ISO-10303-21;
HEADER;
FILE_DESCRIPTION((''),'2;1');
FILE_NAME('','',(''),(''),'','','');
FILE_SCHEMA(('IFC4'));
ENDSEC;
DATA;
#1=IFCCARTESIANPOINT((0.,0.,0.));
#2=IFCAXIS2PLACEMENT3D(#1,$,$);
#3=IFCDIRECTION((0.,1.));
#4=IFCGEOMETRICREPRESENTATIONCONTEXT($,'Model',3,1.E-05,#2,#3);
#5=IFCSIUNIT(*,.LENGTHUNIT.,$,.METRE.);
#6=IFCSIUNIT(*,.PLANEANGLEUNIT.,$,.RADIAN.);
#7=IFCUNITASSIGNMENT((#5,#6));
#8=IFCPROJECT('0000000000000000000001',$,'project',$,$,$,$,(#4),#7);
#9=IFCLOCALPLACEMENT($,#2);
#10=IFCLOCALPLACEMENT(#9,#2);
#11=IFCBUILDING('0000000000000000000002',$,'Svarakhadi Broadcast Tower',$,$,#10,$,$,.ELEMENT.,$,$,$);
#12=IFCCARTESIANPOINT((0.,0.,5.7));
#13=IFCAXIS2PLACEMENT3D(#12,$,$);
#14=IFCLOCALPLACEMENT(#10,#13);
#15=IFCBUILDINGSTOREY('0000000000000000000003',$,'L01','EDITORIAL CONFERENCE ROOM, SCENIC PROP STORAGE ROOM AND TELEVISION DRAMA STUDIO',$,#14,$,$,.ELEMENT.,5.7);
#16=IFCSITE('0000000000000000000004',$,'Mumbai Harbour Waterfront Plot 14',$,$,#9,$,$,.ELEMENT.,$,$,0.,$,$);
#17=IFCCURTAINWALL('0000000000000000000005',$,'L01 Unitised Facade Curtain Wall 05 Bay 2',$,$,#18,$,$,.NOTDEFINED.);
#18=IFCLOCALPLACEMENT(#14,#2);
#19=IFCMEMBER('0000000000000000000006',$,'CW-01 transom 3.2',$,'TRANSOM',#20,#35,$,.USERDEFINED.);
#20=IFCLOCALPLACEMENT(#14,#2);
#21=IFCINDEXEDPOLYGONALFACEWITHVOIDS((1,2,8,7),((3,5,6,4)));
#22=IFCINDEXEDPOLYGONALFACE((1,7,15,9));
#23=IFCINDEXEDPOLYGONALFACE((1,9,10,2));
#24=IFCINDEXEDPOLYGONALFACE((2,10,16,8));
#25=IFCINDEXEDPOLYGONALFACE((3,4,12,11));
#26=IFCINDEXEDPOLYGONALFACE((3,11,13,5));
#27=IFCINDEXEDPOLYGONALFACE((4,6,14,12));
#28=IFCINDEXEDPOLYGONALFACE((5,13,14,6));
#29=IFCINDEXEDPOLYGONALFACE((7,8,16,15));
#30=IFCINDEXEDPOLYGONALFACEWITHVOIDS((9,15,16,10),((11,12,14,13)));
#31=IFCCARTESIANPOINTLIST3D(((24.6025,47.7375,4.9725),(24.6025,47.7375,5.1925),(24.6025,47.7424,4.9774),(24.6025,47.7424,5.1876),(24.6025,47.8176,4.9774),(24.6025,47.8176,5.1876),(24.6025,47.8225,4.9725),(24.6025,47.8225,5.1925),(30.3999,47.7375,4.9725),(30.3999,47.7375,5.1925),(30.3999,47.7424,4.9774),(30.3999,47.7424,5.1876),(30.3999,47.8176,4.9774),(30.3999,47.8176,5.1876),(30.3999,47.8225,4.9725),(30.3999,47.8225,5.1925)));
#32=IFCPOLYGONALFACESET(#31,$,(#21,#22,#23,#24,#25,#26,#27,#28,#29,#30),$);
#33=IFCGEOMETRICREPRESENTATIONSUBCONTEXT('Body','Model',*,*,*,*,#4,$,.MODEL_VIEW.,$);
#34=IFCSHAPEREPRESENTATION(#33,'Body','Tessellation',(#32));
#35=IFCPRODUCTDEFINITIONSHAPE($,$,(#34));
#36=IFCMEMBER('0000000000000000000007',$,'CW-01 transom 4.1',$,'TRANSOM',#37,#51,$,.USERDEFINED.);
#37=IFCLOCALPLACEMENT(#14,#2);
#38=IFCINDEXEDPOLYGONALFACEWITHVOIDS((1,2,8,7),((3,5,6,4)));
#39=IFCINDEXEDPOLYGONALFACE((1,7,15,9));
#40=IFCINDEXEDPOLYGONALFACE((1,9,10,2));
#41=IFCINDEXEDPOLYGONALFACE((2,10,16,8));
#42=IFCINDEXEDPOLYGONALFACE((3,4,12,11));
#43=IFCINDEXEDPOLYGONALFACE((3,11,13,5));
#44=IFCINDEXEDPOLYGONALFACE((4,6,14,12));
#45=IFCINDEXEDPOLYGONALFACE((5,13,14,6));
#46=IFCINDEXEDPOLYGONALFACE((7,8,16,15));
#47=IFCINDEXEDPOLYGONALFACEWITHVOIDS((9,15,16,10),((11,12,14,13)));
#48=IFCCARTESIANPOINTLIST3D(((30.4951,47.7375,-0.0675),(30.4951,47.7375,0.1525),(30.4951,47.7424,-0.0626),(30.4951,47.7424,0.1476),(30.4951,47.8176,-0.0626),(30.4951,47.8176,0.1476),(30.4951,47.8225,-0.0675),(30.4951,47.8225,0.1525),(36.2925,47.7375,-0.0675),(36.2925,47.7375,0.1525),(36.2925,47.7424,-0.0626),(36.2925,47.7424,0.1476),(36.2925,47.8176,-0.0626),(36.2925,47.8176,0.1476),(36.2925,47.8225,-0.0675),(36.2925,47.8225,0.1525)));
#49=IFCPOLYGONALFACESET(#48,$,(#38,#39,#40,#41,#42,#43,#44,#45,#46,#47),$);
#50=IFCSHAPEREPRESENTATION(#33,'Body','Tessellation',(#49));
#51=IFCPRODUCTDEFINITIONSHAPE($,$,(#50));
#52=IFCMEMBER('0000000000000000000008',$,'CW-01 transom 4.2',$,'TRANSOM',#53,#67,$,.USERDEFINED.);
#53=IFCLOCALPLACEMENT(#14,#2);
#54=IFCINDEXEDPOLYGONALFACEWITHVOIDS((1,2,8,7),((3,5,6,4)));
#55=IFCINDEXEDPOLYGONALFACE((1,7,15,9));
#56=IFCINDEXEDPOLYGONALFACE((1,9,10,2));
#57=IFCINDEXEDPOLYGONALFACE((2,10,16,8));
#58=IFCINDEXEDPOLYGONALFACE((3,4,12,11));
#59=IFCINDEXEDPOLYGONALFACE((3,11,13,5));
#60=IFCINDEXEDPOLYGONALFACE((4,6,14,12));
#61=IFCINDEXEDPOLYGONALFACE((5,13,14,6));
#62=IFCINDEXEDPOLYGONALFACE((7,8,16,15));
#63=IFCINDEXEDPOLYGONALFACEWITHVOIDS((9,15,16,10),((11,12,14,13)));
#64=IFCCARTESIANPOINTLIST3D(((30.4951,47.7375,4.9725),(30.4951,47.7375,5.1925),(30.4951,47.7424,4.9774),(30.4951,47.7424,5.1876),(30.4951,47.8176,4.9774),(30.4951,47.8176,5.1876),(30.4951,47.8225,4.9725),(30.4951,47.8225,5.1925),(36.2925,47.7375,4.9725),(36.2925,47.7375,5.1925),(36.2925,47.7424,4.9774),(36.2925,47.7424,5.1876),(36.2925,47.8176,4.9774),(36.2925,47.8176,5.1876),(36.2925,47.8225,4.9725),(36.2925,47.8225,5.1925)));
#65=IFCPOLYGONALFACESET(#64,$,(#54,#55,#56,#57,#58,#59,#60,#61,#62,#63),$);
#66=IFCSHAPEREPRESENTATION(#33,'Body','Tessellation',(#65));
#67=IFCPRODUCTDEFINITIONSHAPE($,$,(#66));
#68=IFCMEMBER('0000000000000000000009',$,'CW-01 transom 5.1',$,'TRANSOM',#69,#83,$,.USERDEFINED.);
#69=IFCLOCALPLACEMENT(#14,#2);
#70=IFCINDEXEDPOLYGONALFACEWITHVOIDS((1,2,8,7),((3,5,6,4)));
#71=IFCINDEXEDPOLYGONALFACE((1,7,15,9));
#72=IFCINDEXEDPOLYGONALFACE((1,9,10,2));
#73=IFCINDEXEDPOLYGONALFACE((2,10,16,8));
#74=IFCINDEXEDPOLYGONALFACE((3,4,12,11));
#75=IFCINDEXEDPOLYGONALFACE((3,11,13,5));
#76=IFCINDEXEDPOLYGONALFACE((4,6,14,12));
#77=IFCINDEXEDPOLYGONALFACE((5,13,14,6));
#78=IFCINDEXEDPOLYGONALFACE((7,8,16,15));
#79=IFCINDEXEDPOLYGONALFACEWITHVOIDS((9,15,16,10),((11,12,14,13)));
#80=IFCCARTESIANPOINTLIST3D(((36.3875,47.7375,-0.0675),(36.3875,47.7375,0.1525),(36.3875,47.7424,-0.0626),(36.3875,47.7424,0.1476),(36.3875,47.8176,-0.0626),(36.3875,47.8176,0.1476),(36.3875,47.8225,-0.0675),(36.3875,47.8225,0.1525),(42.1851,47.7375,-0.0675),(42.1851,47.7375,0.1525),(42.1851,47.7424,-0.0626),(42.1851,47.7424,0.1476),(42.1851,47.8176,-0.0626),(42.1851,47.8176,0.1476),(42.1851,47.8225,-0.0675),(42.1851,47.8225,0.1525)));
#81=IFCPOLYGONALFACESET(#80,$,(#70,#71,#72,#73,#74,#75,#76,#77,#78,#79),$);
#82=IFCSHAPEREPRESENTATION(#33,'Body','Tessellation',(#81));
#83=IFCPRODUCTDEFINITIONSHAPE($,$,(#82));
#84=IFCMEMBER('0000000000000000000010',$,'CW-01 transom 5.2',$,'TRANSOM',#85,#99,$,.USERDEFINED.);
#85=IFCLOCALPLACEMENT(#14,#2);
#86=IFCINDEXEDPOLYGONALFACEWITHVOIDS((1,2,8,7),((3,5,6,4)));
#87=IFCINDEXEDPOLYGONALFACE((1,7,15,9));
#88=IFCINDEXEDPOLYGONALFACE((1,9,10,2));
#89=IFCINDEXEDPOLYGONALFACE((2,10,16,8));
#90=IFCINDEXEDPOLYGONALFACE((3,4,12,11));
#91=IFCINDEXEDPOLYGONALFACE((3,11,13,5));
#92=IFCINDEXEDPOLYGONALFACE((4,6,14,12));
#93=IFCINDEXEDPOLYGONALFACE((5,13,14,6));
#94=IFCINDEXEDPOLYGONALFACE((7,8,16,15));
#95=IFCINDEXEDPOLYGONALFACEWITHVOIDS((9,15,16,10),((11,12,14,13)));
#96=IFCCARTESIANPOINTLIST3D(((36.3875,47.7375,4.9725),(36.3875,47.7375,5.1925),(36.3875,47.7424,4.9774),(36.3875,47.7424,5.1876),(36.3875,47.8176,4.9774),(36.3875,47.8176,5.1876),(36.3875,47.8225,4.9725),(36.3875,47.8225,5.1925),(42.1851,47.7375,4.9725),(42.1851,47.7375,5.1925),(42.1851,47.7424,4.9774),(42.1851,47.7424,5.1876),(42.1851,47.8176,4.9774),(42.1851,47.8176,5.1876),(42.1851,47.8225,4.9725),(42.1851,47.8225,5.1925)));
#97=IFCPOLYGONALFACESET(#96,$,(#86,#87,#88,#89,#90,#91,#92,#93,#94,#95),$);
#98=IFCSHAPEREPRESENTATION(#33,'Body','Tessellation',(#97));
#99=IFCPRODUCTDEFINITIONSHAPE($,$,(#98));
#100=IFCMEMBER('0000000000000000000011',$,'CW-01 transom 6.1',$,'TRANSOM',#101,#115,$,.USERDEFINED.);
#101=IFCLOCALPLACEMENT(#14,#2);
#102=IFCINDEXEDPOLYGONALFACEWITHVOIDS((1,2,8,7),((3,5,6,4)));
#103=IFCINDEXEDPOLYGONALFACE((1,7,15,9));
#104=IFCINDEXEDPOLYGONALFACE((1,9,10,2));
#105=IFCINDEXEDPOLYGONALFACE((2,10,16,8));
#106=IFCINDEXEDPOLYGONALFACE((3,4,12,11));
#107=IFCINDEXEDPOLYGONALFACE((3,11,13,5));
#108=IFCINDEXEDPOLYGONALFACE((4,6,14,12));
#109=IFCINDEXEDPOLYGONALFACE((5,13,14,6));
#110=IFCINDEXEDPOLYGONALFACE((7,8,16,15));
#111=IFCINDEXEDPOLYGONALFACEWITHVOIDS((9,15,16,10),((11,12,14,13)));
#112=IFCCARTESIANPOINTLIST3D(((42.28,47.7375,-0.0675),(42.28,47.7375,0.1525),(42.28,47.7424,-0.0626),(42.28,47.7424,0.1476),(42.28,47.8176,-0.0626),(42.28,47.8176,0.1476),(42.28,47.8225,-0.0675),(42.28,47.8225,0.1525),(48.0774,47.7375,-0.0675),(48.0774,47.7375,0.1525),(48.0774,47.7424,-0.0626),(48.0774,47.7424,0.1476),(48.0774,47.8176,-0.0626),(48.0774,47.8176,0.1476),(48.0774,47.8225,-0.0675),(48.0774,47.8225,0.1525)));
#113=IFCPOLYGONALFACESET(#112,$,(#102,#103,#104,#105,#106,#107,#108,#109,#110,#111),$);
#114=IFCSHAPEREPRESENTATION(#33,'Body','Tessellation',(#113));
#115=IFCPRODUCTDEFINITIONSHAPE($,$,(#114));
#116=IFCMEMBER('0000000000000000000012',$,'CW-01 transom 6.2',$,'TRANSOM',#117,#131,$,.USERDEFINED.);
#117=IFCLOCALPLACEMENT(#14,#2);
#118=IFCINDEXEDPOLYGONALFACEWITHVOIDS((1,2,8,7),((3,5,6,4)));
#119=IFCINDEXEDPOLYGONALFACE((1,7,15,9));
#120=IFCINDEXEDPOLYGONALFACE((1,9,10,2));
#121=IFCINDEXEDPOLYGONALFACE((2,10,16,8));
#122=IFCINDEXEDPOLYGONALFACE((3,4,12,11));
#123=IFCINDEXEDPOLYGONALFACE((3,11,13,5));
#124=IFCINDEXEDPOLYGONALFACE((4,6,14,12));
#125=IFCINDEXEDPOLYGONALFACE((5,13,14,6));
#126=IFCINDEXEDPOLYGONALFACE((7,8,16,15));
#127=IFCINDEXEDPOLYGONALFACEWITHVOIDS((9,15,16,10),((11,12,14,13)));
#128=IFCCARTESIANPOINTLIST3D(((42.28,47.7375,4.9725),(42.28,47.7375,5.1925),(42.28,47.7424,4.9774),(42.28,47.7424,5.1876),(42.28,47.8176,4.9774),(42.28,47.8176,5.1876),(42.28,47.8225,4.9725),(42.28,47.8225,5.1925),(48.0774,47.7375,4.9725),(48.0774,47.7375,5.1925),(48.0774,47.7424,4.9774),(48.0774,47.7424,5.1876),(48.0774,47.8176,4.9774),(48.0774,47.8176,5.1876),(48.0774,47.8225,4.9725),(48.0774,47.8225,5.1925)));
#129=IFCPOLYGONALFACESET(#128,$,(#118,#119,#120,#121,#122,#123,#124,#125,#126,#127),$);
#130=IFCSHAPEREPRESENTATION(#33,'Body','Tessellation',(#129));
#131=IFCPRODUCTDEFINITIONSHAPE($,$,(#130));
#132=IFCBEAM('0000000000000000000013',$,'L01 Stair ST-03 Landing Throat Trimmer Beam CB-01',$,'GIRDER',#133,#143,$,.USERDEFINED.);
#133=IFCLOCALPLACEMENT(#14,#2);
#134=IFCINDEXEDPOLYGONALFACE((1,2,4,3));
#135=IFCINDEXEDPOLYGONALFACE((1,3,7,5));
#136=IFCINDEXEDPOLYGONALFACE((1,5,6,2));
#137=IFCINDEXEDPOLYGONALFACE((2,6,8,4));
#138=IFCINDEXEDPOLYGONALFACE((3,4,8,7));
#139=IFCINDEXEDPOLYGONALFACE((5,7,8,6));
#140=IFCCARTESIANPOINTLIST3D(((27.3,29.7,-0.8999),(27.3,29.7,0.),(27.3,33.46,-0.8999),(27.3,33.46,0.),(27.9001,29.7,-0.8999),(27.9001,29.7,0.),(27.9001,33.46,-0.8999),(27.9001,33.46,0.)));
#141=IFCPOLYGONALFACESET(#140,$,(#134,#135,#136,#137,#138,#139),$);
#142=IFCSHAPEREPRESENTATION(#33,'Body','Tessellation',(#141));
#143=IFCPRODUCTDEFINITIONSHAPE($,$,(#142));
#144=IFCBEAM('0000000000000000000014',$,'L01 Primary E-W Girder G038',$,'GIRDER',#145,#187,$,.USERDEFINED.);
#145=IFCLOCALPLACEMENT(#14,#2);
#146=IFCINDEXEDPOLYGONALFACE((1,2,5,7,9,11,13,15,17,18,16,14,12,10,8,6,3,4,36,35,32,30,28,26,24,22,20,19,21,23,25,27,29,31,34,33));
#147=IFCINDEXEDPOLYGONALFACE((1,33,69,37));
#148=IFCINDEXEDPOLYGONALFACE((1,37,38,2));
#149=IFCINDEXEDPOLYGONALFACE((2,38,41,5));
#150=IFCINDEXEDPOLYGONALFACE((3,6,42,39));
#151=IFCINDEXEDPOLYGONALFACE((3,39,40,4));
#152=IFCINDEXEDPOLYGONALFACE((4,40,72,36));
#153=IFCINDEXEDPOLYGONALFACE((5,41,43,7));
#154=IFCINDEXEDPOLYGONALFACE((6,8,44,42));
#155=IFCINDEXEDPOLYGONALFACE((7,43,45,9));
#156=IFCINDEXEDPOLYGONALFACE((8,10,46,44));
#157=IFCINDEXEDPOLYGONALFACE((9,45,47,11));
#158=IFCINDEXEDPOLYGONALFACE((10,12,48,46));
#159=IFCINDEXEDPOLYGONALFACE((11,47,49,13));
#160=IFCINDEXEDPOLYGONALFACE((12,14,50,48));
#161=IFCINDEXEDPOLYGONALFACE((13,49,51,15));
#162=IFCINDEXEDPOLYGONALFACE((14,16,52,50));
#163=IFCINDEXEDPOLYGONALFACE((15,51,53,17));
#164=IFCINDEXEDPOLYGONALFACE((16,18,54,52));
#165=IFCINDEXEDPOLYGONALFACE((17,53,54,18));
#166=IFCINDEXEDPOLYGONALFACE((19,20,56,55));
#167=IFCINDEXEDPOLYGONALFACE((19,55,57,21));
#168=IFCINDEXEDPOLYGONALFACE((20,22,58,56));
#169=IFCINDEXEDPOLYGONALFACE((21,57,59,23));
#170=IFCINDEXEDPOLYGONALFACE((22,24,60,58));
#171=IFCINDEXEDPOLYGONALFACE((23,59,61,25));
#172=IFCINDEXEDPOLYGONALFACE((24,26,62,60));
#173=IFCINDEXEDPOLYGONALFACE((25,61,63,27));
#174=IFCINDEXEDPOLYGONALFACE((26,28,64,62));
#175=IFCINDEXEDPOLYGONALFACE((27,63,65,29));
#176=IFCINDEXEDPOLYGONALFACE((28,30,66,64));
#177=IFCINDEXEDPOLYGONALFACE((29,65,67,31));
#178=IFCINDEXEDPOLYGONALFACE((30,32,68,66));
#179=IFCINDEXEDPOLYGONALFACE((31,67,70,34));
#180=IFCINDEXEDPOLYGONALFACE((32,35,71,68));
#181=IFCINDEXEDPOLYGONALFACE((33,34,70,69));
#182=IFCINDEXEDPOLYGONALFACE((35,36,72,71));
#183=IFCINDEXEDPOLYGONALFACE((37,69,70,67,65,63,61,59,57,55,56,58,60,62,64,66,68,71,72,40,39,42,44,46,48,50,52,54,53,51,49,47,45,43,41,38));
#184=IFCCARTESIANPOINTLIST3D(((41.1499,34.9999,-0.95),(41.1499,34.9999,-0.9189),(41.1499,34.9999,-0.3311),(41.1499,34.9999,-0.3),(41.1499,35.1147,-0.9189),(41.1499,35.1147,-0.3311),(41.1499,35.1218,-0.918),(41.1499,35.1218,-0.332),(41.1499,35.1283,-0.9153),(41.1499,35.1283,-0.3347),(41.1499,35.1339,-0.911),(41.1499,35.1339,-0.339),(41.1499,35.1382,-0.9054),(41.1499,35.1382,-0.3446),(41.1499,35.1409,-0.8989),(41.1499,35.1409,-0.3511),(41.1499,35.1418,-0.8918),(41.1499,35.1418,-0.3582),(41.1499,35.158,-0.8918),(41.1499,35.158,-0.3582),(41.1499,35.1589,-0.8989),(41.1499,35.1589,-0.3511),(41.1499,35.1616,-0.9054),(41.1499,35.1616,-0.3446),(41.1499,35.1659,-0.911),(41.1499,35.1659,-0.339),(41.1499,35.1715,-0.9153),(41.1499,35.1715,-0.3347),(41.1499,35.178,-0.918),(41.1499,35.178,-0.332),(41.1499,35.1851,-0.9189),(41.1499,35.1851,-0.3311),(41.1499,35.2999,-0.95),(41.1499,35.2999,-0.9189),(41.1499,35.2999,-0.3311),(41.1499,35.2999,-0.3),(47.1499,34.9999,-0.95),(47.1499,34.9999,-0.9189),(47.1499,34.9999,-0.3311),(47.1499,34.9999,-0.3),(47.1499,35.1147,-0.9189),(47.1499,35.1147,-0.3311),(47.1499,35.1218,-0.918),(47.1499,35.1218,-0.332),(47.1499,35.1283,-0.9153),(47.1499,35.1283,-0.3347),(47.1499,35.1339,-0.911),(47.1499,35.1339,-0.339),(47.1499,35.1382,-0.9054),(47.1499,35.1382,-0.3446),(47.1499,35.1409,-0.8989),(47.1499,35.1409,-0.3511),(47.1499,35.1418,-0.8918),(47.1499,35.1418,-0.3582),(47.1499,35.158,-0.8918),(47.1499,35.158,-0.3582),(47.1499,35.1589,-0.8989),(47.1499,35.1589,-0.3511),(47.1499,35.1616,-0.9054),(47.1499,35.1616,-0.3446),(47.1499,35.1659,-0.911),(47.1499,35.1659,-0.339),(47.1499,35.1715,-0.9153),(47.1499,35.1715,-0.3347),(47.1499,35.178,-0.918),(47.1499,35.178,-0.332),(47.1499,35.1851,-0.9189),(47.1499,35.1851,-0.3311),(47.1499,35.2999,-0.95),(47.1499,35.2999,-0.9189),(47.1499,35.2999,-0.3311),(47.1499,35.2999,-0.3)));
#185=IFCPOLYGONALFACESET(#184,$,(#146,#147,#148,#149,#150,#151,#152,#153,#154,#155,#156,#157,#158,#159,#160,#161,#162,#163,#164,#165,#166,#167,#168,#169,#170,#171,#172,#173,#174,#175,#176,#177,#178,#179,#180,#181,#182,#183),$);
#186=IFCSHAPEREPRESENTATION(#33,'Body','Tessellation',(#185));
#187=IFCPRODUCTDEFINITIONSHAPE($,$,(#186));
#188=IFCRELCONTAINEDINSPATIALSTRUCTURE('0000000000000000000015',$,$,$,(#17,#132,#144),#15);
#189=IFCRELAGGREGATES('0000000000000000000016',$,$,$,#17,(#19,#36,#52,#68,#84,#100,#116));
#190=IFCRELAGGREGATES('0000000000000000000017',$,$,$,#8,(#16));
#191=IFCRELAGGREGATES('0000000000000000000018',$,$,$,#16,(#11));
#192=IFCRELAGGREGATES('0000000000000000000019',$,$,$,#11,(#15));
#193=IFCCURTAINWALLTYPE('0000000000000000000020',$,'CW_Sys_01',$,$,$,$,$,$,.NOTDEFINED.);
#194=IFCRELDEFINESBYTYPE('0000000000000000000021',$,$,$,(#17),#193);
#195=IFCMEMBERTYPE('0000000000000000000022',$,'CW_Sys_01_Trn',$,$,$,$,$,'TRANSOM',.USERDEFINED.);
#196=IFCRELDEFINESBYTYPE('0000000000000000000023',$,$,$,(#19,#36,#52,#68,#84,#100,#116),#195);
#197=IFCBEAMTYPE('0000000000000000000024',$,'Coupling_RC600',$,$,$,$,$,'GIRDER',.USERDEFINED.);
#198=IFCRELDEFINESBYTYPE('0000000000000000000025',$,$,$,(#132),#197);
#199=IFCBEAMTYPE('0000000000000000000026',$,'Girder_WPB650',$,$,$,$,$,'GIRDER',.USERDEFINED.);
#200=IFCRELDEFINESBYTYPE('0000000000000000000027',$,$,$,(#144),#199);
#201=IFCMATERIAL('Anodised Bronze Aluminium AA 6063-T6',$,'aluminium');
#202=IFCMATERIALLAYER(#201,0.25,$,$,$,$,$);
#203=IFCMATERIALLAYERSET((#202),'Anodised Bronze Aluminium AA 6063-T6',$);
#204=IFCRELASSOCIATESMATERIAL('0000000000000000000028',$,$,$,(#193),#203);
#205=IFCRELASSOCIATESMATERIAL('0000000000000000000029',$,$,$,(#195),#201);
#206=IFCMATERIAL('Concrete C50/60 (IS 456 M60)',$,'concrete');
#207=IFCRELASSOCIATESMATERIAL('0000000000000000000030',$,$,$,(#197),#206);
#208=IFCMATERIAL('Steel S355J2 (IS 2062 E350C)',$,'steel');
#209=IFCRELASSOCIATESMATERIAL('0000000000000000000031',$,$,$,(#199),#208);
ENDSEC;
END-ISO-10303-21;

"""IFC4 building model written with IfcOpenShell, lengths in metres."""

from ifc_helpers import new_model, si_unit, direction, frame, origin, origin_2d, place, context, subcontext, project, spatial, rectangle, hollow_rectangle, i_section, extrude, material, layer, layer_set, material_profile, profile_set, type_object, element, aggregate, save


model = new_model("IFC4")

# Units and contexts
model_context = context("Model", 3, precision=1e-05, world=origin(), true_north=direction((0.0, 1.0)))
body_context = subcontext(model_context, "Body", "Model", "MODEL_VIEW")
ifc_project = project(units=[si_unit("LENGTHUNIT", "METRE"), si_unit("PLANEANGLEUNIT", "RADIAN")], contexts=[model_context])

# Site, building, storey
site_placement = place(None, origin())
site = spatial("IfcSite", under=ifc_project, at=site_placement, Name="Mumbai Harbour Waterfront Plot 14", CompositionType="ELEMENT", RefElevation=0.0)
building_placement = place(site_placement, origin())
building = spatial("IfcBuilding", under=site, at=building_placement, Name="Svarakhadi Broadcast Tower", CompositionType="ELEMENT")
storey_placement = place(building_placement, frame((0.0, 0.0, 5.7)))
storey = spatial("IfcBuildingStorey", under=building, at=storey_placement, Name="L01", Description="EDITORIAL CONFERENCE ROOM, SCENIC PROP STORAGE ROOM AND TELEVISION DRAMA STUDIO", CompositionType="ELEMENT", Elevation=5.7)

# Shared definitions
ifc_material_1 = material(Name="Steel S355J2 (IS 2062 E350C)", Category="steel")

# Curtain wall, members
ifc_material_2 = material(Name="Anodised Bronze Aluminium AA 6063-T6", Category="aluminium")
ifc_layer_1 = layer(ifc_material_2, 0.25)
ifc_layer_set_1 = layer_set([ifc_layer_1], Name="Anodised Bronze Aluminium AA 6063-T6")
curtain_wall_type = type_object("IfcCurtainWallType", Name="CW_Sys_01", PredefinedType="NOTDEFINED", material=ifc_layer_set_1)
curtain_wall_placement = place(storey_placement, origin())
curtain_wall = element("IfcCurtainWall", 1, at=curtain_wall_placement, inside=storey, type_object=curtain_wall_type, Name="L01 Unitised Facade Curtain Wall 05 Bay 2", PredefinedType="NOTDEFINED")
ifc_material_profile_1 = material_profile(ifc_material_2, hollow_rectangle(XDim=0.085, YDim=0.22, WallThickness=0.0049, at=origin_2d()), Name="ALU TRANSOM 220x85x5")
ifc_profile_set_1 = profile_set([ifc_material_profile_1], Name="Anodised Bronze Aluminium AA 6063-T6")
member_type_1 = type_object("IfcMemberType", Name="CW_Sys_01_Trn", ElementType="TRANSOM", PredefinedType="USERDEFINED", material=ifc_profile_set_1)
member_1_placement = place(storey_placement, frame((24.6025, 47.78, 5.0825), z_axis=(1.0, 0.0, 0.0), x_axis=(0.0, 1.0, 0.0)))
member_1 = element("IfcMember", 2, at=member_1_placement, type_object=member_type_1, Name="CW-01 transom 3.2", ObjectType="TRANSOM", PredefinedType="USERDEFINED", context=body_context, shape_type="SweptSolid", body=[
    extrude(hollow_rectangle(XDim=0.085, YDim=0.22, WallThickness=0.0049, at=origin_2d()), origin(), (0.0, 0.0, 1.0), 5.7974),
])
member_2_placement = place(storey_placement, frame((30.4951, 47.78, 0.0425), z_axis=(1.0, 0.0, 0.0), x_axis=(0.0, 1.0, 0.0)))
member_2 = element("IfcMember", 3, at=member_2_placement, type_object=member_type_1, Name="CW-01 transom 4.1", ObjectType="TRANSOM", PredefinedType="USERDEFINED", context=body_context, shape_type="SweptSolid", body=[
    extrude(hollow_rectangle(XDim=0.085, YDim=0.22, WallThickness=0.0049, at=origin_2d()), origin(), (0.0, 0.0, 1.0), 5.7974),
])
member_3_placement = place(storey_placement, frame((30.4951, 47.78, 5.0825), z_axis=(1.0, 0.0, 0.0), x_axis=(0.0, 1.0, 0.0)))
member_3 = element("IfcMember", 4, at=member_3_placement, type_object=member_type_1, Name="CW-01 transom 4.2", ObjectType="TRANSOM", PredefinedType="USERDEFINED", context=body_context, shape_type="SweptSolid", body=[
    extrude(hollow_rectangle(XDim=0.085, YDim=0.22, WallThickness=0.0049, at=origin_2d()), origin(), (0.0, 0.0, 1.0), 5.7974),
])
member_4_placement = place(storey_placement, frame((36.3875, 47.78, 0.0425), z_axis=(1.0, 0.0, 0.0), x_axis=(0.0, 1.0, 0.0)))
member_4 = element("IfcMember", 5, at=member_4_placement, type_object=member_type_1, Name="CW-01 transom 5.1", ObjectType="TRANSOM", PredefinedType="USERDEFINED", context=body_context, shape_type="SweptSolid", body=[
    extrude(hollow_rectangle(XDim=0.085, YDim=0.22, WallThickness=0.0049, at=origin_2d()), origin(), (0.0, 0.0, 1.0), 5.7976),
])
member_5_placement = place(storey_placement, frame((36.3875, 47.78, 5.0825), z_axis=(1.0, 0.0, 0.0), x_axis=(0.0, 1.0, 0.0)))
member_5 = element("IfcMember", 6, at=member_5_placement, type_object=member_type_1, Name="CW-01 transom 5.2", ObjectType="TRANSOM", PredefinedType="USERDEFINED", context=body_context, shape_type="SweptSolid", body=[
    extrude(hollow_rectangle(XDim=0.085, YDim=0.22, WallThickness=0.0049, at=origin_2d()), origin(), (0.0, 0.0, 1.0), 5.7976),
])
member_6_placement = place(storey_placement, frame((42.28, 47.78, 0.0425), z_axis=(1.0, 0.0, 0.0), x_axis=(0.0, 1.0, 0.0)))
member_6 = element("IfcMember", 7, at=member_6_placement, type_object=member_type_1, Name="CW-01 transom 6.1", ObjectType="TRANSOM", PredefinedType="USERDEFINED", context=body_context, shape_type="SweptSolid", body=[
    extrude(hollow_rectangle(XDim=0.085, YDim=0.22, WallThickness=0.0049, at=origin_2d()), origin(), (0.0, 0.0, 1.0), 5.7974),
])
member_7_placement = place(storey_placement, frame((42.28, 47.78, 5.0825), z_axis=(1.0, 0.0, 0.0), x_axis=(0.0, 1.0, 0.0)))
member_7 = element("IfcMember", 8, at=member_7_placement, type_object=member_type_1, Name="CW-01 transom 6.2", ObjectType="TRANSOM", PredefinedType="USERDEFINED", context=body_context, shape_type="SweptSolid", body=[
    extrude(hollow_rectangle(XDim=0.085, YDim=0.22, WallThickness=0.0049, at=origin_2d()), origin(), (0.0, 0.0, 1.0), 5.7974),
])

# Beams
ifc_material_3 = material(Name="Concrete C50/60 (IS 456 M60)", Category="concrete")
ifc_material_profile_2 = material_profile(ifc_material_3, rectangle(XDim=0.6001, YDim=0.8999, at=origin_2d()), Name="RC 600x900")
ifc_profile_set_2 = profile_set([ifc_material_profile_2], Name="Concrete C50/60 (IS 456 M60)")
beam_type_1 = type_object("IfcBeamType", Name="Coupling_RC600", ElementType="GIRDER", PredefinedType="USERDEFINED", material=ifc_profile_set_2)
beam_1_placement = place(storey_placement, frame((27.6001, 29.7, -0.45), z_axis=(0.0, 1.0, 0.0), x_axis=(-1.0, 0.0, 0.0)))
element("IfcBeam", 9, at=beam_1_placement, inside=storey, type_object=beam_type_1, Name="L01 Stair ST-03 Landing Throat Trimmer Beam CB-01", ObjectType="GIRDER", PredefinedType="USERDEFINED", context=body_context, shape_type="SweptSolid", body=[
    extrude(rectangle(XDim=0.6001, YDim=0.8999, at=origin_2d()), origin(), (0.0, 0.0, 1.0), 3.76),
])
ifc_material_profile_3 = material_profile(ifc_material_1, i_section(OverallWidth=0.3, OverallDepth=0.6499, WebThickness=0.0161, FlangeThickness=0.031, FilletRadius=0.0271, at=origin_2d()), Name="WPB 650x300x225")
ifc_profile_set_3 = profile_set([ifc_material_profile_3], Name="Steel S355J2 (IS 2062 E350C)")
beam_type_2 = type_object("IfcBeamType", Name="Girder_WPB650", ElementType="GIRDER", PredefinedType="USERDEFINED", material=ifc_profile_set_3)
beam_2_placement = place(storey_placement, frame((41.1499, 35.1499, -0.625), z_axis=(1.0, 0.0, 0.0), x_axis=(0.0, 1.0, 0.0)))
element("IfcBeam", 10, at=beam_2_placement, inside=storey, type_object=beam_type_2, Name="L01 Primary E-W Girder G038", ObjectType="GIRDER", PredefinedType="USERDEFINED", context=body_context, shape_type="SweptSolid", body=[
    extrude(i_section(OverallWidth=0.3, OverallDepth=0.6499, WebThickness=0.0161, FlangeThickness=0.031, FilletRadius=0.0271, at=origin_2d()), origin(), (0.0, 0.0, 1.0), 6.0),
])

aggregate(curtain_wall, [member_1, member_2, member_3, member_4, member_5, member_6, member_7])

save(model, "model.ifc")
